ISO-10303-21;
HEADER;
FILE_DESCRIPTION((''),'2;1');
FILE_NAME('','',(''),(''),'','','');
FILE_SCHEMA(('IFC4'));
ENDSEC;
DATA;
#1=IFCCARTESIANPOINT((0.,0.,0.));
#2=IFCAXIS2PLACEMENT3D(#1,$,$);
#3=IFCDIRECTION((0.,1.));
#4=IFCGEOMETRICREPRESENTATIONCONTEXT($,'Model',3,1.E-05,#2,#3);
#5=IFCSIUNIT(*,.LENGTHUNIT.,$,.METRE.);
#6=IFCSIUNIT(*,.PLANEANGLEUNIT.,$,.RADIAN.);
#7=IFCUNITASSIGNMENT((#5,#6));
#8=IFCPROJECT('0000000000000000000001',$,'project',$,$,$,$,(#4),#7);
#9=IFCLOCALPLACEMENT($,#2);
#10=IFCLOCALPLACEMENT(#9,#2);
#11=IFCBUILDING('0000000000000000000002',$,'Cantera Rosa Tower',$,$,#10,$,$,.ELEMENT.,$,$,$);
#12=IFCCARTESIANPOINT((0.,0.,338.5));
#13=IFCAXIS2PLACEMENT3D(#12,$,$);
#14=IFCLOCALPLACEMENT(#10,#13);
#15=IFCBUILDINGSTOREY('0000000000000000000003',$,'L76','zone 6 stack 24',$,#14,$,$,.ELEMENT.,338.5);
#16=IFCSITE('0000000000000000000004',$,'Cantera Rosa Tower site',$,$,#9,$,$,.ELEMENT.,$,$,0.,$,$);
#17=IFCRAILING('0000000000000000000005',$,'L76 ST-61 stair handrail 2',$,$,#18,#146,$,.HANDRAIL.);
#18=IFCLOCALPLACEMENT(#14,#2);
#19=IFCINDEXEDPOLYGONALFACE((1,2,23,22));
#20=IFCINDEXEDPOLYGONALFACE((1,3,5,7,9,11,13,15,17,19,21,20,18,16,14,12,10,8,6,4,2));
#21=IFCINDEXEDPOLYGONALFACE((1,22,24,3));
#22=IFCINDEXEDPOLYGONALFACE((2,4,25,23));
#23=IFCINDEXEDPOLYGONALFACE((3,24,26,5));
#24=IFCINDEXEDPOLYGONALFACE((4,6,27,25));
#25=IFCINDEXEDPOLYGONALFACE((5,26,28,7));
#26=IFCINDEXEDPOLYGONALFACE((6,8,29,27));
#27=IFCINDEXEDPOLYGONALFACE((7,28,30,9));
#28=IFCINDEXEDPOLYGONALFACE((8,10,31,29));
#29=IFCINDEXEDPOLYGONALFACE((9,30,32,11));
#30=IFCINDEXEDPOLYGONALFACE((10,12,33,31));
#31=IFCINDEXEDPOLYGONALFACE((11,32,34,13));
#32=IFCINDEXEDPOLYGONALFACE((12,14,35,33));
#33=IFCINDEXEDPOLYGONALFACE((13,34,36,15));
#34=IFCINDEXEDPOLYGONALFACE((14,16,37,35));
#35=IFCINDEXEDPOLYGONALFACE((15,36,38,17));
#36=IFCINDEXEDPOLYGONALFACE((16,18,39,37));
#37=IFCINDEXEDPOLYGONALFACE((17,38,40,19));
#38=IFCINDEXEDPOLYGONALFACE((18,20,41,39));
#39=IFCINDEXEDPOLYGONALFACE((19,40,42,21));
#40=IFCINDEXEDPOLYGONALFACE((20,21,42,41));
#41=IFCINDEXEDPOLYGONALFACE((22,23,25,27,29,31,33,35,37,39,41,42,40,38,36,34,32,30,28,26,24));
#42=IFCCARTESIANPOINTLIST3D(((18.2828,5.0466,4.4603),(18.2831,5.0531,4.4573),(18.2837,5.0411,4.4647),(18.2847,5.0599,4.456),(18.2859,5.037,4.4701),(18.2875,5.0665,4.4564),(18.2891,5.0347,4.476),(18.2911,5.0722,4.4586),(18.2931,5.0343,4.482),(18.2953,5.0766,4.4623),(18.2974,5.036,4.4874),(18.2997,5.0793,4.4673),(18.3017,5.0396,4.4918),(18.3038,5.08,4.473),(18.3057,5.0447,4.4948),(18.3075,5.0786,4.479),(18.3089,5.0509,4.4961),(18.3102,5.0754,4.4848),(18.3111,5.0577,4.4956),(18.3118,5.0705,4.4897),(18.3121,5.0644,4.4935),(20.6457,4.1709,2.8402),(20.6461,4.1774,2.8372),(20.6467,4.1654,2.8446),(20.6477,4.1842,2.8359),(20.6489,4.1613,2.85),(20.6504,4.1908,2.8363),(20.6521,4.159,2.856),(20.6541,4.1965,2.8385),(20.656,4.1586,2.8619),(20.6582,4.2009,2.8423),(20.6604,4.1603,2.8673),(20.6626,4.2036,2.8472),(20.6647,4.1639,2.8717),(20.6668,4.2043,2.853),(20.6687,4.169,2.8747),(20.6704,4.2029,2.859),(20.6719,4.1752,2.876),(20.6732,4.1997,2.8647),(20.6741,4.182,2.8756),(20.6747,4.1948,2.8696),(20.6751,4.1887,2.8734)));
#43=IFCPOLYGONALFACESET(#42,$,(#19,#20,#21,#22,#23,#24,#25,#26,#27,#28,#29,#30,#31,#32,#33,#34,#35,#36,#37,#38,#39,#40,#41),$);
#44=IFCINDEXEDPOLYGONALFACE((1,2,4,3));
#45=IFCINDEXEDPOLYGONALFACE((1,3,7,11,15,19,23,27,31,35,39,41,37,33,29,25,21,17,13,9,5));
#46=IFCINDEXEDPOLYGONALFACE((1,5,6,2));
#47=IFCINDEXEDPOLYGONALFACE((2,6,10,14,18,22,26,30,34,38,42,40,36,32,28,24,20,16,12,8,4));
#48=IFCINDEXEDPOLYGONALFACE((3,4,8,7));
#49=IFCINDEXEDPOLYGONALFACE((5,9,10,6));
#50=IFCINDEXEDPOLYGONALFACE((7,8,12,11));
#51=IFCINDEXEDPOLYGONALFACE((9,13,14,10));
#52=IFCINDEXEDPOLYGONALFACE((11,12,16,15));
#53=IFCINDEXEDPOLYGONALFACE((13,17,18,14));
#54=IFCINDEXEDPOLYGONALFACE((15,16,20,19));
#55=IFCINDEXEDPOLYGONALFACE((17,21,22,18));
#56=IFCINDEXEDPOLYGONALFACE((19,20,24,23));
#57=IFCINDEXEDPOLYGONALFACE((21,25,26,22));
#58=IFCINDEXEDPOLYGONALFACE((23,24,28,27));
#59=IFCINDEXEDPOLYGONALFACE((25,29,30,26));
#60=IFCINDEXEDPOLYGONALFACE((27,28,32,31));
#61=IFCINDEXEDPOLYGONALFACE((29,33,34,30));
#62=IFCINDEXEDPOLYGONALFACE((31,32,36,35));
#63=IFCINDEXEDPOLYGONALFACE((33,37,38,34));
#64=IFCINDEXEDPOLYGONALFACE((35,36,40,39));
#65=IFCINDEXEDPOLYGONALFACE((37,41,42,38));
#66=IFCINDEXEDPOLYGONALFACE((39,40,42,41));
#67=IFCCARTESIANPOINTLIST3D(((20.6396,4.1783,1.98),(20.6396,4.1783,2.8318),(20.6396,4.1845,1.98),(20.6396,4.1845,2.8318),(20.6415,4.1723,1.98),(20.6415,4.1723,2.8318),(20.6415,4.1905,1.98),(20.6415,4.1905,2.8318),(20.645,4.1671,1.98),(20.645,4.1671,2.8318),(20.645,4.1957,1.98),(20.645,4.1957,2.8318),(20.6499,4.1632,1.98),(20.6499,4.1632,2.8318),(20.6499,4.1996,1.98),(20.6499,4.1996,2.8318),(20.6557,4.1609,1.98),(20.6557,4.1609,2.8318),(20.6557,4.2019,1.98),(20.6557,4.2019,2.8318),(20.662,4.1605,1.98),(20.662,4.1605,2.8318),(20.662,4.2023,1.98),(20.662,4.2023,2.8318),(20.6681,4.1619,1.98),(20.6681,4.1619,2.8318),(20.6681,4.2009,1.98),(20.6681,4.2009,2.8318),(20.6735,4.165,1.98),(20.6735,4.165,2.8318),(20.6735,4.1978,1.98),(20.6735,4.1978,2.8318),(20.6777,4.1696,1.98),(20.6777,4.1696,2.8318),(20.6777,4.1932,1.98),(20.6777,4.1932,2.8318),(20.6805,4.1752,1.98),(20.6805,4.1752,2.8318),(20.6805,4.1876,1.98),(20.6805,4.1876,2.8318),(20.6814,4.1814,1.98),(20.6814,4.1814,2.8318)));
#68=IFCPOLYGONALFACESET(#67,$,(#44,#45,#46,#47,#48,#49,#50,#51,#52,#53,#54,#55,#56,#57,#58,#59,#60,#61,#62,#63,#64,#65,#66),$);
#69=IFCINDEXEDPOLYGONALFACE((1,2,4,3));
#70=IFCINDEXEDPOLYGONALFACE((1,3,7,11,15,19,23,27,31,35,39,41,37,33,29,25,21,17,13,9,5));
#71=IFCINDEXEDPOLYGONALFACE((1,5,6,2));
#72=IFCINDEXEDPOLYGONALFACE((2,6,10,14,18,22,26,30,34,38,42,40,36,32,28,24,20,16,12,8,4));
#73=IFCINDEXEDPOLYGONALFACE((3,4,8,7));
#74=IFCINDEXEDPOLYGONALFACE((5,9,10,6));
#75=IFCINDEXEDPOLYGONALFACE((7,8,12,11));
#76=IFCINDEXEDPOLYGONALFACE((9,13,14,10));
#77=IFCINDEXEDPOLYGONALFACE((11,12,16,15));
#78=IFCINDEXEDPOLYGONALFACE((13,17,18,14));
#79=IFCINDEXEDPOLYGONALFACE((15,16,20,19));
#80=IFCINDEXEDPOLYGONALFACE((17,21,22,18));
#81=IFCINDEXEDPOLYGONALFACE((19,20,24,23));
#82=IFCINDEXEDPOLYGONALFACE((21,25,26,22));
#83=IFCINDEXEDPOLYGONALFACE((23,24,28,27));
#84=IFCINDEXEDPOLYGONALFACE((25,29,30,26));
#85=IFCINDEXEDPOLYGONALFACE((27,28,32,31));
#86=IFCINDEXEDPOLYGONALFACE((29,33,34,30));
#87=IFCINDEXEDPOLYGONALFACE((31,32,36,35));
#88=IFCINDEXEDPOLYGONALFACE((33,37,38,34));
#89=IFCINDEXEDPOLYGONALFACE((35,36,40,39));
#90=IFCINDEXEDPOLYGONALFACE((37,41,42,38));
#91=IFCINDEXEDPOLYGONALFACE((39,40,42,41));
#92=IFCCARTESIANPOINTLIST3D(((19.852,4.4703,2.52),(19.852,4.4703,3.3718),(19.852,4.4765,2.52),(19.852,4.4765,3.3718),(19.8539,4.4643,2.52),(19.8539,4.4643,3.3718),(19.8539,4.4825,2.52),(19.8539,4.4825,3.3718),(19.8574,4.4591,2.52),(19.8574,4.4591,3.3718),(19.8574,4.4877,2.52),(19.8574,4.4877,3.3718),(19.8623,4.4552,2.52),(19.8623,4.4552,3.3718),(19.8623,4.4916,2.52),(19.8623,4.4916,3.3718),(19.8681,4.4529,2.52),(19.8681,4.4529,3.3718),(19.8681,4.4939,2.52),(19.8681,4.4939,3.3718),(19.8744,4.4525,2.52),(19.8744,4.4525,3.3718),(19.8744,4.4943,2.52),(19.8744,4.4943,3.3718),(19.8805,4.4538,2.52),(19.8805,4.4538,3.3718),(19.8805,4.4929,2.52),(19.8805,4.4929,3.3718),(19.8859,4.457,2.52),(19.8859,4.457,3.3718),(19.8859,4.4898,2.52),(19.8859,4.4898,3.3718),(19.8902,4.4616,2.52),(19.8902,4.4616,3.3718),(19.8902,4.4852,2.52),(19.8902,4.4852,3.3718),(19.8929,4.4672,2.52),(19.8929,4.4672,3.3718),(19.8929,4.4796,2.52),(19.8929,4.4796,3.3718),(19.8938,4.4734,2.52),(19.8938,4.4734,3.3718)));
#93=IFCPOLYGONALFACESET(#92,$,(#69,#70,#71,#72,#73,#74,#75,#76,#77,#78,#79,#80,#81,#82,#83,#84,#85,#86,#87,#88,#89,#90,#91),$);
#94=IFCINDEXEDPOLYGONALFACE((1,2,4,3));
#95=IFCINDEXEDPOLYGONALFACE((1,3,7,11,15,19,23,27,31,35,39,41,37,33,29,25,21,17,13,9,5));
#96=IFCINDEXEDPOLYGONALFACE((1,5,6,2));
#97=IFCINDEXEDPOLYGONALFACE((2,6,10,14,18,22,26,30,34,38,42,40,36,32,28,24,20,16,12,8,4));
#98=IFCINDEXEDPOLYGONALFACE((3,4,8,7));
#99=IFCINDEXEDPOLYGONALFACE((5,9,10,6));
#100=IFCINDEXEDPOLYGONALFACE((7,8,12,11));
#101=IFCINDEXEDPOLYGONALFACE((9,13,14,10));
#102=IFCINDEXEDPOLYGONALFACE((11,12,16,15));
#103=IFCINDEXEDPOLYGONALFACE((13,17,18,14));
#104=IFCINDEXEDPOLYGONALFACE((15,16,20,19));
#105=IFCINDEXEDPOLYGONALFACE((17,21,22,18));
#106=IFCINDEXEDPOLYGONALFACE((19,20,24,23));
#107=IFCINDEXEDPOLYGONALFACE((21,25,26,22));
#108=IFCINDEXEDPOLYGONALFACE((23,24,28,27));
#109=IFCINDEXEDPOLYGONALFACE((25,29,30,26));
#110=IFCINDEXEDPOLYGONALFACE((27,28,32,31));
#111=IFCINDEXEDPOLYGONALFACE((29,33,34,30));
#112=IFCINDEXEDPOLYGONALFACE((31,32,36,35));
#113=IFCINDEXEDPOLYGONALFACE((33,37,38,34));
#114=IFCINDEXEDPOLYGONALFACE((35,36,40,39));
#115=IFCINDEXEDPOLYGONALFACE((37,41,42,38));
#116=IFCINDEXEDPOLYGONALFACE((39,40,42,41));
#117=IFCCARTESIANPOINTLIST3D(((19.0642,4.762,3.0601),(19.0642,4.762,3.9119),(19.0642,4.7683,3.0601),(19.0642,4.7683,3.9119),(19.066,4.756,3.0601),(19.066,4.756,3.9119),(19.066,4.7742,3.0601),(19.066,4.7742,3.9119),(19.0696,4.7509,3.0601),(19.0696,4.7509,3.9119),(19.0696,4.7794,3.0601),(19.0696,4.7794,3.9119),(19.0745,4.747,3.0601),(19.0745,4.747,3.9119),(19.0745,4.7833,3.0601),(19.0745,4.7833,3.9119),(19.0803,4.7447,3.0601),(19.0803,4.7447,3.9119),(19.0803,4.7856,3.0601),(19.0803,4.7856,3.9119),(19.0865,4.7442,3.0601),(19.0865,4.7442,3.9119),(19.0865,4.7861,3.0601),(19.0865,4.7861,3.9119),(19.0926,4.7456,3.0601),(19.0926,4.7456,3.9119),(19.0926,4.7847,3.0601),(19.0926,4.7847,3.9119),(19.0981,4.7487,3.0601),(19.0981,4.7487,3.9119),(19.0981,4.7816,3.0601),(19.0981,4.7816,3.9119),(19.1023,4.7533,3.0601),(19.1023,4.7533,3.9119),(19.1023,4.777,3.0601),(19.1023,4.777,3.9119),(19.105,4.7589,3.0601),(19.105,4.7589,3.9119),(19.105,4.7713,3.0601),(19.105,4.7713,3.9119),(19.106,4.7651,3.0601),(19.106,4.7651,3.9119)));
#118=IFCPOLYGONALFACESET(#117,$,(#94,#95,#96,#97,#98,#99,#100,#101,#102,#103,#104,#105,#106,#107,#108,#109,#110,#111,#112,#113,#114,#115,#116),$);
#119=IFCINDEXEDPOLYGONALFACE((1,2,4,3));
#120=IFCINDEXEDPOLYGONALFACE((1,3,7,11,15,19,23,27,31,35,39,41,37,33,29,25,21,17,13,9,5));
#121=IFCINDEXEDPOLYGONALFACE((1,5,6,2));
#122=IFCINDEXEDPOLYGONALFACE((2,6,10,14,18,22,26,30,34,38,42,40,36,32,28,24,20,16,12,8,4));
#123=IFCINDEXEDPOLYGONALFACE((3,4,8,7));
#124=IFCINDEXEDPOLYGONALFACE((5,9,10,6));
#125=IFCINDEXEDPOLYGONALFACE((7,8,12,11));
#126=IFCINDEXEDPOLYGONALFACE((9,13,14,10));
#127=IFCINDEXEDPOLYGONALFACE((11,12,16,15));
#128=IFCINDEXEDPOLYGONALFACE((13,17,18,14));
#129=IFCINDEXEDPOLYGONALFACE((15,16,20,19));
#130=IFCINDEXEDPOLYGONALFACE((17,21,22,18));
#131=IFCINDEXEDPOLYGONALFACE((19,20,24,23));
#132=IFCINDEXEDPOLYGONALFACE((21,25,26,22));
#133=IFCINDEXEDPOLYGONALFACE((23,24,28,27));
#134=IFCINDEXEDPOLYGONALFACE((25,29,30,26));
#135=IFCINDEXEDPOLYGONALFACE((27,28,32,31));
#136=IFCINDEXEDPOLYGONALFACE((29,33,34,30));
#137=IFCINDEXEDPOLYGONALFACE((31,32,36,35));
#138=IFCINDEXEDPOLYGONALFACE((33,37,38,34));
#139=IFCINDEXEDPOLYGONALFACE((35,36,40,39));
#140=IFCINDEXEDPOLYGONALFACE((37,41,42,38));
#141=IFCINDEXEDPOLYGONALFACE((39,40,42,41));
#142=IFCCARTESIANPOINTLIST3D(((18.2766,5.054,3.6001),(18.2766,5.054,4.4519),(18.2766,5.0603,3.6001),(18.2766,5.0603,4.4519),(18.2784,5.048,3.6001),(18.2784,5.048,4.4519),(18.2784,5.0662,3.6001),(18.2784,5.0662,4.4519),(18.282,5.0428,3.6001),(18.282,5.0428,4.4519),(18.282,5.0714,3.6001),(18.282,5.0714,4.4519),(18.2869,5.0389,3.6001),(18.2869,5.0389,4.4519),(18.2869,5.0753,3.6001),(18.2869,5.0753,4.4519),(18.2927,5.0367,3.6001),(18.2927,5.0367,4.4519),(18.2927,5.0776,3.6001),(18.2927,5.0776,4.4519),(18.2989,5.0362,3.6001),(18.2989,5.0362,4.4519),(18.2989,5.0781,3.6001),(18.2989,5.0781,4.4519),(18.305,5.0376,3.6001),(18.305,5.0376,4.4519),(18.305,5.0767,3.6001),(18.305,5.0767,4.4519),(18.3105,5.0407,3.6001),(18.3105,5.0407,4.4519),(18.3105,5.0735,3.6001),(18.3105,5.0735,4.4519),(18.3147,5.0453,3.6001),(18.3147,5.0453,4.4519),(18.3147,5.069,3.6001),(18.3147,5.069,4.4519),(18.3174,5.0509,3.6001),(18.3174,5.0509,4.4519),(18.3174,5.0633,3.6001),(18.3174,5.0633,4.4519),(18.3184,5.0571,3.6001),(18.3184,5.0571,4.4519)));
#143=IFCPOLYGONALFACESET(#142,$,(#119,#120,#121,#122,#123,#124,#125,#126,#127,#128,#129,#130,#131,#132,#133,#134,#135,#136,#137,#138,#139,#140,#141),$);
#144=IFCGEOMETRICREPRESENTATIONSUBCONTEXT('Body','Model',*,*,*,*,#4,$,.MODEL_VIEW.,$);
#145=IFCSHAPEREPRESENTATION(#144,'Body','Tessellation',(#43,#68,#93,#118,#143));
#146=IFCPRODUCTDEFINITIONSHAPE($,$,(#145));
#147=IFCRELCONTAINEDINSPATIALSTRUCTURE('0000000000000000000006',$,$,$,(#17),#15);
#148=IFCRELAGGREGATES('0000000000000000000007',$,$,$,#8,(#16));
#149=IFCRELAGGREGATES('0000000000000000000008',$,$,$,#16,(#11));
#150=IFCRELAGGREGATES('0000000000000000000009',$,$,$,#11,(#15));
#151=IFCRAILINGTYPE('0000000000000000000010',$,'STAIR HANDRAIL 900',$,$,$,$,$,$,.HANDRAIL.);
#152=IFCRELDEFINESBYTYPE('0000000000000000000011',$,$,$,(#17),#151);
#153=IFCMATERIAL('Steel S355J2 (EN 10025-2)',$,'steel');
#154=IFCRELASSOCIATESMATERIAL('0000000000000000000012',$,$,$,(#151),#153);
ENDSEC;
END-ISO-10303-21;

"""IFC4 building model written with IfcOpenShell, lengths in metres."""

from ifc_helpers import new_model, si_unit, direction, frame, origin, origin_2d, place, context, subcontext, project, spatial, circle, extrude, material, type_object, element, save


model = new_model("IFC4")

# Units and contexts
model_context = context("Model", 3, precision=1e-05, world=origin(), true_north=direction((0.0, 1.0)))
body_context = subcontext(model_context, "Body", "Model", "MODEL_VIEW")
ifc_project = project(units=[si_unit("LENGTHUNIT", "METRE"), si_unit("PLANEANGLEUNIT", "RADIAN")], contexts=[model_context])

# Site, building, storey
site_placement = place(None, origin())
site = spatial("IfcSite", under=ifc_project, at=site_placement, Name="Cantera Rosa Tower site", CompositionType="ELEMENT", RefElevation=0.0)
building_placement = place(site_placement, origin())
building = spatial("IfcBuilding", under=site, at=building_placement, Name="Cantera Rosa Tower", CompositionType="ELEMENT")
storey_placement = place(building_placement, frame((0.0, 0.0, 338.5)))
storey = spatial("IfcBuildingStorey", under=building, at=storey_placement, Name="L76", Description="zone 6 stack 24", CompositionType="ELEMENT", Elevation=338.5)

# Railing
ifc_material_1 = material(Name="Steel S355J2 (EN 10025-2)", Category="steel")
railing_type_1 = type_object("IfcRailingType", Name="STAIR HANDRAIL 900", PredefinedType="HANDRAIL", material=ifc_material_1)
railing_1_placement = place(storey_placement, frame((20.6604, 4.1814, 1.98)))
element("IfcRailing", 1, at=railing_1_placement, inside=storey, type_object=railing_type_1, Name="L76 ST-61 stair handrail 2", PredefinedType="HANDRAIL", context=body_context, shape_type="SweptSolid", body=[
    extrude(circle(Radius=0.0239, at=origin_2d()), frame((0.0, 0.0, 0.876), z_axis=(-0.788748, 0.292307, 0.540772), x_axis=(-0.347501, -0.93768, 0.0)), (0.0, 0.0, 1.0), 2.9958),
    extrude(circle(Radius=0.021, at=origin_2d()), origin(), (0.0, 0.0, 1.0), 0.8518),
    extrude(circle(Radius=0.021, at=origin_2d()), frame((-0.7876, 0.292, 0.54)), (0.0, 0.0, 1.0), 0.8518),
    extrude(circle(Radius=0.021, at=origin_2d()), frame((-1.5754, 0.5837, 1.0801)), (0.0, 0.0, 1.0), 0.8518),
    extrude(circle(Radius=0.021, at=origin_2d()), frame((-2.363, 0.8757, 1.6201)), (0.0, 0.0, 1.0), 0.8518),
])

save(model, "model.ifc")
